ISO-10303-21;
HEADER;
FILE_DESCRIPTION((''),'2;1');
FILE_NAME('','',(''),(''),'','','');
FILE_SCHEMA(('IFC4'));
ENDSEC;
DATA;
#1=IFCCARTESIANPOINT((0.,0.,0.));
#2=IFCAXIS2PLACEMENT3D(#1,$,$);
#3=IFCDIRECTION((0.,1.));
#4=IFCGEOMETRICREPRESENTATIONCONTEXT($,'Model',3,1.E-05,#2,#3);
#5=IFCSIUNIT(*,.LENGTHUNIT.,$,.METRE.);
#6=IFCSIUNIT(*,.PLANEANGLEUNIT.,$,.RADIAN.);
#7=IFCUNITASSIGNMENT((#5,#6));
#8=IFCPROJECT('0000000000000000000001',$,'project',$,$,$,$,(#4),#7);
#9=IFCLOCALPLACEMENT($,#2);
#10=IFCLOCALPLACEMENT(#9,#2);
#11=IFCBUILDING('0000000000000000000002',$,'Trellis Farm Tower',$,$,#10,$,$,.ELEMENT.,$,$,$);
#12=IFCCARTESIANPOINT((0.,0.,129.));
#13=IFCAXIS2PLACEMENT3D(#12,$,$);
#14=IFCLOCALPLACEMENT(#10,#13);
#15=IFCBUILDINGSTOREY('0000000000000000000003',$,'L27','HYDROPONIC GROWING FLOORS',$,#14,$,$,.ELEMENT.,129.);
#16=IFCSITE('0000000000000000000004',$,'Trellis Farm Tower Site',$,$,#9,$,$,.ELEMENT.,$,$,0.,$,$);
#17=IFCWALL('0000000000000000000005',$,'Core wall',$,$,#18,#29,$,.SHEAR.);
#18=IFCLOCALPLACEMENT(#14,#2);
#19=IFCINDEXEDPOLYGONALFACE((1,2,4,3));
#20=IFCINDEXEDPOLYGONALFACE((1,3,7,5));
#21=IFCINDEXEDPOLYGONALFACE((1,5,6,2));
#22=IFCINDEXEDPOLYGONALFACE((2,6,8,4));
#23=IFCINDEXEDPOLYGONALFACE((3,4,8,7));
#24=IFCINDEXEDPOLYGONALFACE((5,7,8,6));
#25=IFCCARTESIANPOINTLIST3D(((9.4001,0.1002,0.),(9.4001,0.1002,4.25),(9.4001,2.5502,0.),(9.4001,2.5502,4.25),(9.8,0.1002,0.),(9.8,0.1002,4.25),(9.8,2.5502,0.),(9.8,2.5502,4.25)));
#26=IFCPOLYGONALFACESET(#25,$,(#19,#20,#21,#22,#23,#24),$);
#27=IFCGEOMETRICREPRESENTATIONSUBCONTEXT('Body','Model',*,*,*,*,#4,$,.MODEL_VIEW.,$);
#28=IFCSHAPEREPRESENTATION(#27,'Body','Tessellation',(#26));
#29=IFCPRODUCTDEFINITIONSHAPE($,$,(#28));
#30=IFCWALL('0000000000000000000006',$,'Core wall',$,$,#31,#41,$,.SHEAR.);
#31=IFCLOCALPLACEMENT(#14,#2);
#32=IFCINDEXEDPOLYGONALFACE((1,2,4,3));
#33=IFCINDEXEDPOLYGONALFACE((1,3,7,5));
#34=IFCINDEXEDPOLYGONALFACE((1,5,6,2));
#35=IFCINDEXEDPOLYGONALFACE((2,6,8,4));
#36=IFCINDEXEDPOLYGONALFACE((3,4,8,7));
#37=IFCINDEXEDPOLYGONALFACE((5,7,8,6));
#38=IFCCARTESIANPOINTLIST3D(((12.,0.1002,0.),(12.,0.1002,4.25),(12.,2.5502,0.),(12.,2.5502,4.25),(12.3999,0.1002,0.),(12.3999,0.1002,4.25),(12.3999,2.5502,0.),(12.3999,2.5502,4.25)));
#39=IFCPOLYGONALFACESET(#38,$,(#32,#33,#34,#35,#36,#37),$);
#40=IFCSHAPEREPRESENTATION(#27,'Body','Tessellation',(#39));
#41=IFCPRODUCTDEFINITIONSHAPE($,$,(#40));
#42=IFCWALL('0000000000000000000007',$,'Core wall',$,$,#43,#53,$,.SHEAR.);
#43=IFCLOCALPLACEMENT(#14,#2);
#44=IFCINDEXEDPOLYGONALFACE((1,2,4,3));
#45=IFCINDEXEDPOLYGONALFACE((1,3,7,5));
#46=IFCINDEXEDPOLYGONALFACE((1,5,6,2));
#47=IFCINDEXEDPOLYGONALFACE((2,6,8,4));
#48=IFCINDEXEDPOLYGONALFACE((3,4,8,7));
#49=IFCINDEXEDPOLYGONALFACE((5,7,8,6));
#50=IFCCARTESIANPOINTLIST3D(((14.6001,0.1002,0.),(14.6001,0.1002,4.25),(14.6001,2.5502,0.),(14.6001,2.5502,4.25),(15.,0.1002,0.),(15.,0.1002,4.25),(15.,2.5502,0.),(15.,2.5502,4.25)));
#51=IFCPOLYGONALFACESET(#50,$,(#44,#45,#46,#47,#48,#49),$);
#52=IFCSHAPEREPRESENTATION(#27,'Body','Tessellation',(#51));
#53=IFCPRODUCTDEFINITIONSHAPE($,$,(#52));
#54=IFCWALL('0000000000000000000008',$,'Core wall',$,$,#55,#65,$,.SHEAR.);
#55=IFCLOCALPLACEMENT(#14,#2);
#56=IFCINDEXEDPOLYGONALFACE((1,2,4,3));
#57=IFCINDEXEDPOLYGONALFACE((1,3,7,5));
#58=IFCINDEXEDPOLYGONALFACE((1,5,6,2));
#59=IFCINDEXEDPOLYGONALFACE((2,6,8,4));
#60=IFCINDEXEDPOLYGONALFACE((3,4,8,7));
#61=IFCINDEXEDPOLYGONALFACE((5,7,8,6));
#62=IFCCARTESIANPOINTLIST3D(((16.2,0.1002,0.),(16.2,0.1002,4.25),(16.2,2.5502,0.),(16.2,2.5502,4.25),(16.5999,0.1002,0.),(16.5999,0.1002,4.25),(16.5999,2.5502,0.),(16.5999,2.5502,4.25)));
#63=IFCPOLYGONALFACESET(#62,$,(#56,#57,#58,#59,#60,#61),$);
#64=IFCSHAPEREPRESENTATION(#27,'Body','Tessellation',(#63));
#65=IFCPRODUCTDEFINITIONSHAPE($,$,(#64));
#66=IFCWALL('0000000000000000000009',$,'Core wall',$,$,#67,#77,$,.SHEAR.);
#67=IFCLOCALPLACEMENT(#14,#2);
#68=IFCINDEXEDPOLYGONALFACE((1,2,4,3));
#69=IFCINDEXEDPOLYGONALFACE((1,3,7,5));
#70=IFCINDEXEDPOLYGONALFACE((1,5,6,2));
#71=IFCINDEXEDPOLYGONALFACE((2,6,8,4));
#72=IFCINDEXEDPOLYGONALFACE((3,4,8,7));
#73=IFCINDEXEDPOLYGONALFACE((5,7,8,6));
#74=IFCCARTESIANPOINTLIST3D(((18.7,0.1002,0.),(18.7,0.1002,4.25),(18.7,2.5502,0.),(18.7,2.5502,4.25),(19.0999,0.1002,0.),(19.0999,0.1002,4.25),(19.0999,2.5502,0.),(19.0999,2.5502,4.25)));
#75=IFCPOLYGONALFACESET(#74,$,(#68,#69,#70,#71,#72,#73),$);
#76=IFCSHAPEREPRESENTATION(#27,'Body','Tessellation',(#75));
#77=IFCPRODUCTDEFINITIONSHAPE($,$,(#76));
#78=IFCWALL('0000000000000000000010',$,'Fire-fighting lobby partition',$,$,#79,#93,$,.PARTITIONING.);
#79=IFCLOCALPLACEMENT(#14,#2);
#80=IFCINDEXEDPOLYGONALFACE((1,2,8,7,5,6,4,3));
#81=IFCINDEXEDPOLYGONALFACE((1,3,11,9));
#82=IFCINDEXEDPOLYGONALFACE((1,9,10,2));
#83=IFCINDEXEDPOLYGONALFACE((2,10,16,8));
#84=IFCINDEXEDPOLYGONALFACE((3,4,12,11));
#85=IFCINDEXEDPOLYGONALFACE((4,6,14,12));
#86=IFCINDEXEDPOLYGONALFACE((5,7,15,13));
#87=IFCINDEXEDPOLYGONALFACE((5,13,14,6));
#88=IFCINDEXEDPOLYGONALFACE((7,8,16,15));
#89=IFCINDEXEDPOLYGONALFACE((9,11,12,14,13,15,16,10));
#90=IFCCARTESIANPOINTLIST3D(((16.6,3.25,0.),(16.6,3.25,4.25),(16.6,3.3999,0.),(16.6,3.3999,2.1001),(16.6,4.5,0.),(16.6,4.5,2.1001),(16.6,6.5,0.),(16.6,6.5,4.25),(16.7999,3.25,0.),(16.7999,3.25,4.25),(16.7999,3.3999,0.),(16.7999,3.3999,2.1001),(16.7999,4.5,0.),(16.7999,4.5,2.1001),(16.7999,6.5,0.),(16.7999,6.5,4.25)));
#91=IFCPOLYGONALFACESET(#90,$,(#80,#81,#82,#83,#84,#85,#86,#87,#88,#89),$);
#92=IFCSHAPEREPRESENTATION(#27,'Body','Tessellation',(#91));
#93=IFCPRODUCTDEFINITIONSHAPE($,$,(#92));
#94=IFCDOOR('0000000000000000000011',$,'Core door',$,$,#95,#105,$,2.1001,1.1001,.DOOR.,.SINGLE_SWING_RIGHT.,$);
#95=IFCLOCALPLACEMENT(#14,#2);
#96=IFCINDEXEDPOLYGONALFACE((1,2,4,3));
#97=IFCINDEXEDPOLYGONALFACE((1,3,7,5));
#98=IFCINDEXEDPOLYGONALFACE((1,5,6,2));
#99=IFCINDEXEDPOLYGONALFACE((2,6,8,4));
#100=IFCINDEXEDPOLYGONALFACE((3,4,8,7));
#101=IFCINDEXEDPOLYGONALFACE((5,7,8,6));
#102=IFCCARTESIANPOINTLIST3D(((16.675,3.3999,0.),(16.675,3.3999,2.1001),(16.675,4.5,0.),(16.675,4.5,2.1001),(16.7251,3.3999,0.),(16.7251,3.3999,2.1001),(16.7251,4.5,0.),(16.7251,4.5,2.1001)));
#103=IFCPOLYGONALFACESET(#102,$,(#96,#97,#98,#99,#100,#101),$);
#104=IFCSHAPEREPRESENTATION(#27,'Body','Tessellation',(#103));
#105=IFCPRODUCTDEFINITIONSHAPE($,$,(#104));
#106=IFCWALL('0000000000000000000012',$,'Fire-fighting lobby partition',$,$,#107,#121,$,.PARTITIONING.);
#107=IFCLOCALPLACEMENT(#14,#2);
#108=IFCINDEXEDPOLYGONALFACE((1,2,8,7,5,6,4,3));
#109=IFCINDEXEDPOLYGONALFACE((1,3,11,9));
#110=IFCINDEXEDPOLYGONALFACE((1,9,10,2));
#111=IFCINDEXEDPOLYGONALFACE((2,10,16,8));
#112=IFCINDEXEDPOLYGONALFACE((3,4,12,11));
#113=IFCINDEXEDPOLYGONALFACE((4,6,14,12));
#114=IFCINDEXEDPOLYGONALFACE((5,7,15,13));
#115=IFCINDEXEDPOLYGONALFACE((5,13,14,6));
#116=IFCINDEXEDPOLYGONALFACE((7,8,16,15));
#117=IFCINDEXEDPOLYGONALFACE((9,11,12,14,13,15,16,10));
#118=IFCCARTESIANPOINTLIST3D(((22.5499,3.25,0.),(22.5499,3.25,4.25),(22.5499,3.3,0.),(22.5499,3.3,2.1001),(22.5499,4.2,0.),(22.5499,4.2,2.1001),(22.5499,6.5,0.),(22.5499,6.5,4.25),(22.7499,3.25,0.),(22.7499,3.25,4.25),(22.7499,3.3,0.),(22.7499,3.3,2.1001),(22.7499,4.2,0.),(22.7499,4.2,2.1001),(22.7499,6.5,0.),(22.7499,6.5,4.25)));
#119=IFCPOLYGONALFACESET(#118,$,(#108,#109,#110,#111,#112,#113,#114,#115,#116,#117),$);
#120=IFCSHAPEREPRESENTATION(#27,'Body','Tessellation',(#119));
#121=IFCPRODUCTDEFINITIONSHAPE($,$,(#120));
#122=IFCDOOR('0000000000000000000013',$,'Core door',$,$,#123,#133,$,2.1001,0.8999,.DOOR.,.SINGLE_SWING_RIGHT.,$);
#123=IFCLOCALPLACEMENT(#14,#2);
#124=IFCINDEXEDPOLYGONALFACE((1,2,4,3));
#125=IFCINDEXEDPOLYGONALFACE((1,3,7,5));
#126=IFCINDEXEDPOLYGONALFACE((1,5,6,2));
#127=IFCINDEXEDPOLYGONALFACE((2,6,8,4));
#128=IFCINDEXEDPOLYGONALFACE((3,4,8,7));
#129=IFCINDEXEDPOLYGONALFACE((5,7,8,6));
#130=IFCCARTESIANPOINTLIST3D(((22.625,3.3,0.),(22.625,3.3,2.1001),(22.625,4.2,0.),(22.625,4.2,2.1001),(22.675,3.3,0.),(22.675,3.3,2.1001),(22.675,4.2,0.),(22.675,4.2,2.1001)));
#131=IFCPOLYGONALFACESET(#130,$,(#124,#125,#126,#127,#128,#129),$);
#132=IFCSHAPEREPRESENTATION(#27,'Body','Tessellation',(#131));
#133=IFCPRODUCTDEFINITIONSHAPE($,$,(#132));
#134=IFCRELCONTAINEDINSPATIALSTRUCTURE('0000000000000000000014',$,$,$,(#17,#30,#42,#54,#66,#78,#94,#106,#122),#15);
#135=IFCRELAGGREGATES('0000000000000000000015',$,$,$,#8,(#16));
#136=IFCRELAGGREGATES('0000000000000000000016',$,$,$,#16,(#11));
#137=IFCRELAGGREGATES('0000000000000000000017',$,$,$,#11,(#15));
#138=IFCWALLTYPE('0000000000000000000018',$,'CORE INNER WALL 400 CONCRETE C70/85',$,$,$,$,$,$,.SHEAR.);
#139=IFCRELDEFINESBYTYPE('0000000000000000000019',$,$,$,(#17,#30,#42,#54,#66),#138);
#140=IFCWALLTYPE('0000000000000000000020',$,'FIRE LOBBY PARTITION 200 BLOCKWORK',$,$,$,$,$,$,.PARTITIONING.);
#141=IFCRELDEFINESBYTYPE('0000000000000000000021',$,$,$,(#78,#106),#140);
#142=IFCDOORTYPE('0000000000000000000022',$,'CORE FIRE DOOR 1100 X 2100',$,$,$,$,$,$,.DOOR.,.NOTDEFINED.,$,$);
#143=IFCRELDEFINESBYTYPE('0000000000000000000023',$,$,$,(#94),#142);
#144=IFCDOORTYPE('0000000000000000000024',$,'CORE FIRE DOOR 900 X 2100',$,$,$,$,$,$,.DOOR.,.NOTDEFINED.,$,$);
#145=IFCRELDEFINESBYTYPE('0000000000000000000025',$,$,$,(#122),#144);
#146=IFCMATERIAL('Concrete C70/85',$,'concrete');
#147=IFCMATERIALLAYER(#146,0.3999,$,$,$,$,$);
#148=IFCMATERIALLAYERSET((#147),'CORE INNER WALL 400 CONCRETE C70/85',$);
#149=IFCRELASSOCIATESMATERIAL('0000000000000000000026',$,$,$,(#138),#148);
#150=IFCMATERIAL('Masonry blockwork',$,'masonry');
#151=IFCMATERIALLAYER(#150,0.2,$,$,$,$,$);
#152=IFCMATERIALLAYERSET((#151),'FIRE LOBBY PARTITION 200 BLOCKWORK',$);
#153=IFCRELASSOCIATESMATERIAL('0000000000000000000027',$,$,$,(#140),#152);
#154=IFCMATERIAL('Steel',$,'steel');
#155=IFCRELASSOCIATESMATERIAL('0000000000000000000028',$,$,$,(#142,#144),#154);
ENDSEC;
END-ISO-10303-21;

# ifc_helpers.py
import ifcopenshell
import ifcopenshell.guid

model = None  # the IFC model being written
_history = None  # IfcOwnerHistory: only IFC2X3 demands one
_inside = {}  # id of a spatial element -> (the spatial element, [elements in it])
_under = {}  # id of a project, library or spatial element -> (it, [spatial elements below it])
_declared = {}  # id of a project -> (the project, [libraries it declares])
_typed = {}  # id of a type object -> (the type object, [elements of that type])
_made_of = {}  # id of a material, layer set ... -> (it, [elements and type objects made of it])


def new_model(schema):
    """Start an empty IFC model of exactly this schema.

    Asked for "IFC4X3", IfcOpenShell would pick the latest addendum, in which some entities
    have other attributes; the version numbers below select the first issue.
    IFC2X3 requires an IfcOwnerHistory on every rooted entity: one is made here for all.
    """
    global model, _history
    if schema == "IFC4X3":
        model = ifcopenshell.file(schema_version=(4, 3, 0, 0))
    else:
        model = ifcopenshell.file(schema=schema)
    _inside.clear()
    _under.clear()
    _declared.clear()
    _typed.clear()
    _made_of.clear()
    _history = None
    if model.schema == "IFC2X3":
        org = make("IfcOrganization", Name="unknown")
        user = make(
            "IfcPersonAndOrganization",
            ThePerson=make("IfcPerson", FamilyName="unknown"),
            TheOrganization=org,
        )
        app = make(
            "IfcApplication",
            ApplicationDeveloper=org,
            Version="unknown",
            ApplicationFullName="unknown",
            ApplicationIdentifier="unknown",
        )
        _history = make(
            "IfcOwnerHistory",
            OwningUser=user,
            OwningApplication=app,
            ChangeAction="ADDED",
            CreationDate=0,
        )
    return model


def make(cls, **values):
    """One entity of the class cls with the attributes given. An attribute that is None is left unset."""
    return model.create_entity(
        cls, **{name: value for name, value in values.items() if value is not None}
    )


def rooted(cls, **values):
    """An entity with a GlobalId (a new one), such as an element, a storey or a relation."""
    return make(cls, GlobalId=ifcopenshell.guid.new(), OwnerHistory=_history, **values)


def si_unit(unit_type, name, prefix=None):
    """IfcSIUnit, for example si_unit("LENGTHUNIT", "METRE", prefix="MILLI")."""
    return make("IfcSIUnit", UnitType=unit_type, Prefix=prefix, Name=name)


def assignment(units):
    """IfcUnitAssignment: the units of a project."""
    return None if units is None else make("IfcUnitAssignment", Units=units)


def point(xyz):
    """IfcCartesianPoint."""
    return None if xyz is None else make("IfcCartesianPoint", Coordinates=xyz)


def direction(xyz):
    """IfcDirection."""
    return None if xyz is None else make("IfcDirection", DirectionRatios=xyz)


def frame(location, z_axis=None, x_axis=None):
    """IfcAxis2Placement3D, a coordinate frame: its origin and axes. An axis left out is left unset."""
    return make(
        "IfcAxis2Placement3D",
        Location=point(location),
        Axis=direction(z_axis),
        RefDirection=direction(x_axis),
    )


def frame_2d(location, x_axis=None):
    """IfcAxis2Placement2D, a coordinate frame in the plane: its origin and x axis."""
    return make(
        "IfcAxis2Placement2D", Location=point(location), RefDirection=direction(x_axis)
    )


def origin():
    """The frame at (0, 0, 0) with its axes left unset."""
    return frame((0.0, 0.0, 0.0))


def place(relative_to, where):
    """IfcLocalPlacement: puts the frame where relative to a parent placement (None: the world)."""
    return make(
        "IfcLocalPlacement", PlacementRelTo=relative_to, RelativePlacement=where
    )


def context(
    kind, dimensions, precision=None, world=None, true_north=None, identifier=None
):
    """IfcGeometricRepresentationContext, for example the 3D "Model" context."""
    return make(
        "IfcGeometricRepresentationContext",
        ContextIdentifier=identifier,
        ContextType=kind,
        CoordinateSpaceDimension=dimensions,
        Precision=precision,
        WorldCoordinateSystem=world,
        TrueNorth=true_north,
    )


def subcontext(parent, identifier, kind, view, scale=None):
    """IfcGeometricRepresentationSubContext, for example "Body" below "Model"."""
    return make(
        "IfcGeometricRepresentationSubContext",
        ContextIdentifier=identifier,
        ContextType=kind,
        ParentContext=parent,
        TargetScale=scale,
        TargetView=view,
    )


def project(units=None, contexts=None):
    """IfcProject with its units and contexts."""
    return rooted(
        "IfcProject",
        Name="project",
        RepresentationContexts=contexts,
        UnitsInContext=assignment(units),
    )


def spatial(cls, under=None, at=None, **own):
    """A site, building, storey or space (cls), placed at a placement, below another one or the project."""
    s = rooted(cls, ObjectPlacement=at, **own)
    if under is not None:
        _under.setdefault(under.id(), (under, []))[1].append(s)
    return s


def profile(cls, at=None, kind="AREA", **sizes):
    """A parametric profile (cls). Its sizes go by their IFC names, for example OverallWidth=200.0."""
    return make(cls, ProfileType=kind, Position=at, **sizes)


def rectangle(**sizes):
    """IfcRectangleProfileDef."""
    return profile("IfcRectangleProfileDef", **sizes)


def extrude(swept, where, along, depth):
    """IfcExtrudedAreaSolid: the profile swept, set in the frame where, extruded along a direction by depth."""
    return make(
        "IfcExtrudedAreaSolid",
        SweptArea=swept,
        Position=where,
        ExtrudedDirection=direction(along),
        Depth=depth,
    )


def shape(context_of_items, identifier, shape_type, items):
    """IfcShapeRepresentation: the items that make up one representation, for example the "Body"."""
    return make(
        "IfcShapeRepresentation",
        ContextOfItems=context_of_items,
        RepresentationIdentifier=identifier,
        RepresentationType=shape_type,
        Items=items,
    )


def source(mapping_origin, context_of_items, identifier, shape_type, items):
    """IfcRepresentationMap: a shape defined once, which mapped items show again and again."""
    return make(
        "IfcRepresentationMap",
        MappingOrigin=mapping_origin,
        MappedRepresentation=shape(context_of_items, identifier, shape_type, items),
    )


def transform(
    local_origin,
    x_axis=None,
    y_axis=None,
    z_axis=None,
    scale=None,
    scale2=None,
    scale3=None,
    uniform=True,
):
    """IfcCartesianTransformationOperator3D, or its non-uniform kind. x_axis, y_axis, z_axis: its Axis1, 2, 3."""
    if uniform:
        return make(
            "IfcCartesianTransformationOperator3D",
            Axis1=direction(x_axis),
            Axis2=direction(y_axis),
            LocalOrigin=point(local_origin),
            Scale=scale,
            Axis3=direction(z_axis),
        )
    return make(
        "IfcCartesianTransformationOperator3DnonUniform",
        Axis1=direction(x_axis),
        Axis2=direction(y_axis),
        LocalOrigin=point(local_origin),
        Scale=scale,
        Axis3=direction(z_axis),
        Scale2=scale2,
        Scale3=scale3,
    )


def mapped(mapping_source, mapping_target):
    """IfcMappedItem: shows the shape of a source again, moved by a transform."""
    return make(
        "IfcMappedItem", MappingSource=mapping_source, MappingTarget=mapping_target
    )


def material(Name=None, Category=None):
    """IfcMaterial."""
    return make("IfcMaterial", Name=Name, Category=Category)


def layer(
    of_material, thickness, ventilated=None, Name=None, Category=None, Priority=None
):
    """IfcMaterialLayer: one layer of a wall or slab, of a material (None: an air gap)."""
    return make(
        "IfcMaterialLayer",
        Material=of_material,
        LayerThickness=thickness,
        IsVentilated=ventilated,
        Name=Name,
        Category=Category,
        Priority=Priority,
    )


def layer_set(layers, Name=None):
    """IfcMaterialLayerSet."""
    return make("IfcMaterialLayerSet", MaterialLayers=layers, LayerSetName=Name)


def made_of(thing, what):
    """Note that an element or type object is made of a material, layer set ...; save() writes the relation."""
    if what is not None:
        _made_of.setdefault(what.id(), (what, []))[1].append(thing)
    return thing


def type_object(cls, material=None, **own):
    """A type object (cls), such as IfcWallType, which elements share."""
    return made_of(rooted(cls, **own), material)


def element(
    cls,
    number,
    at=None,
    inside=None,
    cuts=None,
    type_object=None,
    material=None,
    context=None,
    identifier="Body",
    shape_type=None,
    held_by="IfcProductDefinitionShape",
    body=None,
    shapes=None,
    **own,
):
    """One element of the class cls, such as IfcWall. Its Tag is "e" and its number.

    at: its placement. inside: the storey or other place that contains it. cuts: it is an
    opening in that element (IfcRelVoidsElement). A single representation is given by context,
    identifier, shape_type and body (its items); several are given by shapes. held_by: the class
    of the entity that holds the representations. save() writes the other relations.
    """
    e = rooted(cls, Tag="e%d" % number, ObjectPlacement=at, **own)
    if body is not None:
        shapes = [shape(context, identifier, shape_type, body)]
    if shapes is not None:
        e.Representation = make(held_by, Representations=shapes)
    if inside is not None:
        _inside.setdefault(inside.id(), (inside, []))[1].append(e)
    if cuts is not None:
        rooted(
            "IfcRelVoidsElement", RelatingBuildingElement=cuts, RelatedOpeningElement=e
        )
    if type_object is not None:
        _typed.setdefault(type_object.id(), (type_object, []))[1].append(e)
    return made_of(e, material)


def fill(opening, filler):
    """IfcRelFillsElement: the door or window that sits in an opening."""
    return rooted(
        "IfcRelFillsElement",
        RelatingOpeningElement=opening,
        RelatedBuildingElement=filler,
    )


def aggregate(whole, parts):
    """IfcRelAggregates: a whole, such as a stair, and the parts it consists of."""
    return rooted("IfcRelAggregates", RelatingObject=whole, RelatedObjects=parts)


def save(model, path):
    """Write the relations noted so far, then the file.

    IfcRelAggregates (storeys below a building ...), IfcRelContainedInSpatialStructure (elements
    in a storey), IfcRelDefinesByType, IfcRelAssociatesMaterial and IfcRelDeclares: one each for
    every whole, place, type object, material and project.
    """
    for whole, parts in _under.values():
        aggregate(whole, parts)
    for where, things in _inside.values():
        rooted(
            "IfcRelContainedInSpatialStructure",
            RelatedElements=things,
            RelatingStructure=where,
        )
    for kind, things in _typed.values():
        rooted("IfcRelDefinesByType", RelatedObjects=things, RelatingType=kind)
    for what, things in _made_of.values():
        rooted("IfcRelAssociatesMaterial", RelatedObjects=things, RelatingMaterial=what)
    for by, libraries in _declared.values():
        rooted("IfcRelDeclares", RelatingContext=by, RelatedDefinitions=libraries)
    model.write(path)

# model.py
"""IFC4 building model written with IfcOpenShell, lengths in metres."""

from ifc_helpers import new_model, si_unit, direction, frame, frame_2d, origin, place, context, subcontext, project, spatial, rectangle, extrude, source, transform, mapped, material, layer, layer_set, type_object, element, fill, save


model = new_model("IFC4")

# Units and contexts
model_context = context("Model", 3, precision=1e-05, world=origin(), true_north=direction((0.0, 1.0)))
body_context = subcontext(model_context, "Body", "Model", "MODEL_VIEW")
ifc_project = project(units=[si_unit("LENGTHUNIT", "METRE"), si_unit("PLANEANGLEUNIT", "RADIAN")], contexts=[model_context])

# Site, building, storey
site_placement = place(None, origin())
site = spatial("IfcSite", under=ifc_project, at=site_placement, Name="Trellis Farm Tower Site", CompositionType="ELEMENT", RefElevation=0.0)
building_placement = place(site_placement, origin())
building = spatial("IfcBuilding", under=site, at=building_placement, Name="Trellis Farm Tower", CompositionType="ELEMENT")
storey_placement = place(building_placement, frame((0.0, 0.0, 129.0)))
storey = spatial("IfcBuildingStorey", under=building, at=storey_placement, Name="L27", Description="HYDROPONIC GROWING FLOORS", CompositionType="ELEMENT", Elevation=129.0)

# Walls
ifc_material_1 = material(Name="Concrete C70/85", Category="concrete")
ifc_layer_1 = layer(ifc_material_1, 0.3999)
ifc_layer_set_1 = layer_set([ifc_layer_1], Name="CORE INNER WALL 400 CONCRETE C70/85")
wall_type_1 = type_object("IfcWallType", Name="CORE INNER WALL 400 CONCRETE C70/85", PredefinedType="SHEAR", material=ifc_layer_set_1)
shared_shape_1 = source(origin(), body_context, "Body", "SweptSolid", [
    extrude(rectangle(XDim=2.45, YDim=0.3999, at=frame_2d((1.2251, 0.0))), origin(), (0.0, 0.0, 1.0), 4.25),
])
for number, where, z_axis, x_axis, name in (
    (1, (9.6001, 0.1001, 0.0), (0.0, 0.0, 1.0), (0.0, 1.0, 0.0), "Core wall"),
    (2, (12.2, 0.1001, 0.0), (0.0, 0.0, 1.0), (0.0, 1.0, 0.0), "Core wall"),
    (3, (14.8, 0.1001, 0.0), (0.0, 0.0, 1.0), (0.0, 1.0, 0.0), "Core wall"),
    (4, (16.3999, 0.1001, 0.0), (0.0, 0.0, 1.0), (0.0, 1.0, 0.0), "Core wall"),
    (5, (18.8999, 0.1001, 0.0), (0.0, 0.0, 1.0), (0.0, 1.0, 0.0), "Core wall"),
):
    element("IfcWall", number, at=place(storey_placement, frame(where, z_axis=z_axis, x_axis=x_axis)), inside=storey, type_object=wall_type_1, Name=name, PredefinedType="SHEAR", context=body_context, shape_type="MappedRepresentation", body=[
        mapped(shared_shape_1, transform((0.0, 0.0, 0.0))),
    ])

# Walls, openings, doors
ifc_material_2 = material(Name="Masonry blockwork", Category="masonry")
ifc_layer_2 = layer(ifc_material_2, 0.2)
ifc_layer_set_2 = layer_set([ifc_layer_2], Name="FIRE LOBBY PARTITION 200 BLOCKWORK")
wall_type_2 = type_object("IfcWallType", Name="FIRE LOBBY PARTITION 200 BLOCKWORK", PredefinedType="PARTITIONING", material=ifc_layer_set_2)
shared_shape_2 = source(origin(), body_context, "Body", "SweptSolid", [
    extrude(rectangle(XDim=3.25, YDim=0.2, at=frame_2d((1.625, 0.0))), origin(), (0.0, 0.0, 1.0), 4.25),
])
wall_1_placement = place(storey_placement, frame((16.7, 3.25, 0.0), z_axis=(0.0, 0.0, 1.0), x_axis=(0.0, 1.0, 0.0)))
wall_1 = element("IfcWall", 6, at=wall_1_placement, inside=storey, type_object=wall_type_2, Name="Fire-fighting lobby partition", PredefinedType="PARTITIONING", context=body_context, shape_type="MappedRepresentation", body=[
    mapped(shared_shape_2, transform((0.0, 0.0, 0.0))),
])
shared_shape_3 = source(origin(), body_context, "Body", "SweptSolid", [
    extrude(rectangle(XDim=1.1001, YDim=2.1001, at=frame_2d((0.55, 1.05))), frame((0.0, 0.1101, 0.0), z_axis=(0.0, -1.0, 0.0), x_axis=(1.0, 0.0, 0.0)), (0.0, 0.0, 1.0), 0.2202),
])
opening_1_placement = place(wall_1_placement, frame((0.1499, 0.0, 0.0)))
opening_1 = element("IfcOpeningElement", 7, at=opening_1_placement, cuts=wall_1, PredefinedType="OPENING", context=body_context, shape_type="MappedRepresentation", body=[
    mapped(shared_shape_3, transform((0.0, 0.0, 0.0))),
])
ifc_material_3 = material(Name="Steel", Category="steel")
door_type_1 = type_object("IfcDoorType", Name="CORE FIRE DOOR 1100 X 2100", OperationType="NOTDEFINED", PredefinedType="DOOR", material=ifc_material_3)
shared_shape_4 = source(origin(), body_context, "Body", "SweptSolid", [
    extrude(rectangle(XDim=1.1001, YDim=2.1001, at=frame_2d((0.55, 1.05))), frame((0.0, 0.0249, 0.0), z_axis=(0.0, -1.0, 0.0), x_axis=(1.0, 0.0, 0.0)), (0.0, 0.0, 1.0), 0.05),
])
door_1_placement = place(opening_1_placement, origin())
door_1 = element("IfcDoor", 8, at=door_1_placement, inside=storey, type_object=door_type_1, Name="Core door", OperationType="SINGLE_SWING_RIGHT", OverallHeight=2.1001, OverallWidth=1.1001, PredefinedType="DOOR", context=body_context, shape_type="MappedRepresentation", body=[
    mapped(shared_shape_4, transform((0.0, 0.0, 0.0))),
])
fill(opening_1, door_1)
wall_2_placement = place(storey_placement, frame((22.6499, 3.25, 0.0), z_axis=(0.0, 0.0, 1.0), x_axis=(0.0, 1.0, 0.0)))
wall_2 = element("IfcWall", 9, at=wall_2_placement, inside=storey, type_object=wall_type_2, Name="Fire-fighting lobby partition", PredefinedType="PARTITIONING", context=body_context, shape_type="MappedRepresentation", body=[
    mapped(shared_shape_2, transform((0.0, 0.0, 0.0))),
])
shared_shape_5 = source(origin(), body_context, "Body", "SweptSolid", [
    extrude(rectangle(XDim=0.8999, YDim=2.1001, at=frame_2d((0.45, 1.05))), frame((0.0, 0.1101, 0.0), z_axis=(0.0, -1.0, 0.0), x_axis=(1.0, 0.0, 0.0)), (0.0, 0.0, 1.0), 0.2202),
])
opening_2_placement = place(wall_2_placement, frame((0.05, 0.0, 0.0)))
opening_2 = element("IfcOpeningElement", 10, at=opening_2_placement, cuts=wall_2, PredefinedType="OPENING", context=body_context, shape_type="MappedRepresentation", body=[
    mapped(shared_shape_5, transform((0.0, 0.0, 0.0))),
])
door_type_2 = type_object("IfcDoorType", Name="CORE FIRE DOOR 900 X 2100", OperationType="NOTDEFINED", PredefinedType="DOOR", material=ifc_material_3)
shared_shape_6 = source(origin(), body_context, "Body", "SweptSolid", [
    extrude(rectangle(XDim=0.8999, YDim=2.1001, at=frame_2d((0.45, 1.05))), frame((0.0, 0.0249, 0.0), z_axis=(0.0, -1.0, 0.0), x_axis=(1.0, 0.0, 0.0)), (0.0, 0.0, 1.0), 0.05),
])
door_2_placement = place(opening_2_placement, origin())
door_2 = element("IfcDoor", 11, at=door_2_placement, inside=storey, type_object=door_type_2, Name="Core door", OperationType="SINGLE_SWING_RIGHT", OverallHeight=2.1001, OverallWidth=0.8999, PredefinedType="DOOR", context=body_context, shape_type="MappedRepresentation", body=[
    mapped(shared_shape_6, transform((0.0, 0.0, 0.0))),
])
fill(opening_2, door_2)

save(model, "model.ifc")
